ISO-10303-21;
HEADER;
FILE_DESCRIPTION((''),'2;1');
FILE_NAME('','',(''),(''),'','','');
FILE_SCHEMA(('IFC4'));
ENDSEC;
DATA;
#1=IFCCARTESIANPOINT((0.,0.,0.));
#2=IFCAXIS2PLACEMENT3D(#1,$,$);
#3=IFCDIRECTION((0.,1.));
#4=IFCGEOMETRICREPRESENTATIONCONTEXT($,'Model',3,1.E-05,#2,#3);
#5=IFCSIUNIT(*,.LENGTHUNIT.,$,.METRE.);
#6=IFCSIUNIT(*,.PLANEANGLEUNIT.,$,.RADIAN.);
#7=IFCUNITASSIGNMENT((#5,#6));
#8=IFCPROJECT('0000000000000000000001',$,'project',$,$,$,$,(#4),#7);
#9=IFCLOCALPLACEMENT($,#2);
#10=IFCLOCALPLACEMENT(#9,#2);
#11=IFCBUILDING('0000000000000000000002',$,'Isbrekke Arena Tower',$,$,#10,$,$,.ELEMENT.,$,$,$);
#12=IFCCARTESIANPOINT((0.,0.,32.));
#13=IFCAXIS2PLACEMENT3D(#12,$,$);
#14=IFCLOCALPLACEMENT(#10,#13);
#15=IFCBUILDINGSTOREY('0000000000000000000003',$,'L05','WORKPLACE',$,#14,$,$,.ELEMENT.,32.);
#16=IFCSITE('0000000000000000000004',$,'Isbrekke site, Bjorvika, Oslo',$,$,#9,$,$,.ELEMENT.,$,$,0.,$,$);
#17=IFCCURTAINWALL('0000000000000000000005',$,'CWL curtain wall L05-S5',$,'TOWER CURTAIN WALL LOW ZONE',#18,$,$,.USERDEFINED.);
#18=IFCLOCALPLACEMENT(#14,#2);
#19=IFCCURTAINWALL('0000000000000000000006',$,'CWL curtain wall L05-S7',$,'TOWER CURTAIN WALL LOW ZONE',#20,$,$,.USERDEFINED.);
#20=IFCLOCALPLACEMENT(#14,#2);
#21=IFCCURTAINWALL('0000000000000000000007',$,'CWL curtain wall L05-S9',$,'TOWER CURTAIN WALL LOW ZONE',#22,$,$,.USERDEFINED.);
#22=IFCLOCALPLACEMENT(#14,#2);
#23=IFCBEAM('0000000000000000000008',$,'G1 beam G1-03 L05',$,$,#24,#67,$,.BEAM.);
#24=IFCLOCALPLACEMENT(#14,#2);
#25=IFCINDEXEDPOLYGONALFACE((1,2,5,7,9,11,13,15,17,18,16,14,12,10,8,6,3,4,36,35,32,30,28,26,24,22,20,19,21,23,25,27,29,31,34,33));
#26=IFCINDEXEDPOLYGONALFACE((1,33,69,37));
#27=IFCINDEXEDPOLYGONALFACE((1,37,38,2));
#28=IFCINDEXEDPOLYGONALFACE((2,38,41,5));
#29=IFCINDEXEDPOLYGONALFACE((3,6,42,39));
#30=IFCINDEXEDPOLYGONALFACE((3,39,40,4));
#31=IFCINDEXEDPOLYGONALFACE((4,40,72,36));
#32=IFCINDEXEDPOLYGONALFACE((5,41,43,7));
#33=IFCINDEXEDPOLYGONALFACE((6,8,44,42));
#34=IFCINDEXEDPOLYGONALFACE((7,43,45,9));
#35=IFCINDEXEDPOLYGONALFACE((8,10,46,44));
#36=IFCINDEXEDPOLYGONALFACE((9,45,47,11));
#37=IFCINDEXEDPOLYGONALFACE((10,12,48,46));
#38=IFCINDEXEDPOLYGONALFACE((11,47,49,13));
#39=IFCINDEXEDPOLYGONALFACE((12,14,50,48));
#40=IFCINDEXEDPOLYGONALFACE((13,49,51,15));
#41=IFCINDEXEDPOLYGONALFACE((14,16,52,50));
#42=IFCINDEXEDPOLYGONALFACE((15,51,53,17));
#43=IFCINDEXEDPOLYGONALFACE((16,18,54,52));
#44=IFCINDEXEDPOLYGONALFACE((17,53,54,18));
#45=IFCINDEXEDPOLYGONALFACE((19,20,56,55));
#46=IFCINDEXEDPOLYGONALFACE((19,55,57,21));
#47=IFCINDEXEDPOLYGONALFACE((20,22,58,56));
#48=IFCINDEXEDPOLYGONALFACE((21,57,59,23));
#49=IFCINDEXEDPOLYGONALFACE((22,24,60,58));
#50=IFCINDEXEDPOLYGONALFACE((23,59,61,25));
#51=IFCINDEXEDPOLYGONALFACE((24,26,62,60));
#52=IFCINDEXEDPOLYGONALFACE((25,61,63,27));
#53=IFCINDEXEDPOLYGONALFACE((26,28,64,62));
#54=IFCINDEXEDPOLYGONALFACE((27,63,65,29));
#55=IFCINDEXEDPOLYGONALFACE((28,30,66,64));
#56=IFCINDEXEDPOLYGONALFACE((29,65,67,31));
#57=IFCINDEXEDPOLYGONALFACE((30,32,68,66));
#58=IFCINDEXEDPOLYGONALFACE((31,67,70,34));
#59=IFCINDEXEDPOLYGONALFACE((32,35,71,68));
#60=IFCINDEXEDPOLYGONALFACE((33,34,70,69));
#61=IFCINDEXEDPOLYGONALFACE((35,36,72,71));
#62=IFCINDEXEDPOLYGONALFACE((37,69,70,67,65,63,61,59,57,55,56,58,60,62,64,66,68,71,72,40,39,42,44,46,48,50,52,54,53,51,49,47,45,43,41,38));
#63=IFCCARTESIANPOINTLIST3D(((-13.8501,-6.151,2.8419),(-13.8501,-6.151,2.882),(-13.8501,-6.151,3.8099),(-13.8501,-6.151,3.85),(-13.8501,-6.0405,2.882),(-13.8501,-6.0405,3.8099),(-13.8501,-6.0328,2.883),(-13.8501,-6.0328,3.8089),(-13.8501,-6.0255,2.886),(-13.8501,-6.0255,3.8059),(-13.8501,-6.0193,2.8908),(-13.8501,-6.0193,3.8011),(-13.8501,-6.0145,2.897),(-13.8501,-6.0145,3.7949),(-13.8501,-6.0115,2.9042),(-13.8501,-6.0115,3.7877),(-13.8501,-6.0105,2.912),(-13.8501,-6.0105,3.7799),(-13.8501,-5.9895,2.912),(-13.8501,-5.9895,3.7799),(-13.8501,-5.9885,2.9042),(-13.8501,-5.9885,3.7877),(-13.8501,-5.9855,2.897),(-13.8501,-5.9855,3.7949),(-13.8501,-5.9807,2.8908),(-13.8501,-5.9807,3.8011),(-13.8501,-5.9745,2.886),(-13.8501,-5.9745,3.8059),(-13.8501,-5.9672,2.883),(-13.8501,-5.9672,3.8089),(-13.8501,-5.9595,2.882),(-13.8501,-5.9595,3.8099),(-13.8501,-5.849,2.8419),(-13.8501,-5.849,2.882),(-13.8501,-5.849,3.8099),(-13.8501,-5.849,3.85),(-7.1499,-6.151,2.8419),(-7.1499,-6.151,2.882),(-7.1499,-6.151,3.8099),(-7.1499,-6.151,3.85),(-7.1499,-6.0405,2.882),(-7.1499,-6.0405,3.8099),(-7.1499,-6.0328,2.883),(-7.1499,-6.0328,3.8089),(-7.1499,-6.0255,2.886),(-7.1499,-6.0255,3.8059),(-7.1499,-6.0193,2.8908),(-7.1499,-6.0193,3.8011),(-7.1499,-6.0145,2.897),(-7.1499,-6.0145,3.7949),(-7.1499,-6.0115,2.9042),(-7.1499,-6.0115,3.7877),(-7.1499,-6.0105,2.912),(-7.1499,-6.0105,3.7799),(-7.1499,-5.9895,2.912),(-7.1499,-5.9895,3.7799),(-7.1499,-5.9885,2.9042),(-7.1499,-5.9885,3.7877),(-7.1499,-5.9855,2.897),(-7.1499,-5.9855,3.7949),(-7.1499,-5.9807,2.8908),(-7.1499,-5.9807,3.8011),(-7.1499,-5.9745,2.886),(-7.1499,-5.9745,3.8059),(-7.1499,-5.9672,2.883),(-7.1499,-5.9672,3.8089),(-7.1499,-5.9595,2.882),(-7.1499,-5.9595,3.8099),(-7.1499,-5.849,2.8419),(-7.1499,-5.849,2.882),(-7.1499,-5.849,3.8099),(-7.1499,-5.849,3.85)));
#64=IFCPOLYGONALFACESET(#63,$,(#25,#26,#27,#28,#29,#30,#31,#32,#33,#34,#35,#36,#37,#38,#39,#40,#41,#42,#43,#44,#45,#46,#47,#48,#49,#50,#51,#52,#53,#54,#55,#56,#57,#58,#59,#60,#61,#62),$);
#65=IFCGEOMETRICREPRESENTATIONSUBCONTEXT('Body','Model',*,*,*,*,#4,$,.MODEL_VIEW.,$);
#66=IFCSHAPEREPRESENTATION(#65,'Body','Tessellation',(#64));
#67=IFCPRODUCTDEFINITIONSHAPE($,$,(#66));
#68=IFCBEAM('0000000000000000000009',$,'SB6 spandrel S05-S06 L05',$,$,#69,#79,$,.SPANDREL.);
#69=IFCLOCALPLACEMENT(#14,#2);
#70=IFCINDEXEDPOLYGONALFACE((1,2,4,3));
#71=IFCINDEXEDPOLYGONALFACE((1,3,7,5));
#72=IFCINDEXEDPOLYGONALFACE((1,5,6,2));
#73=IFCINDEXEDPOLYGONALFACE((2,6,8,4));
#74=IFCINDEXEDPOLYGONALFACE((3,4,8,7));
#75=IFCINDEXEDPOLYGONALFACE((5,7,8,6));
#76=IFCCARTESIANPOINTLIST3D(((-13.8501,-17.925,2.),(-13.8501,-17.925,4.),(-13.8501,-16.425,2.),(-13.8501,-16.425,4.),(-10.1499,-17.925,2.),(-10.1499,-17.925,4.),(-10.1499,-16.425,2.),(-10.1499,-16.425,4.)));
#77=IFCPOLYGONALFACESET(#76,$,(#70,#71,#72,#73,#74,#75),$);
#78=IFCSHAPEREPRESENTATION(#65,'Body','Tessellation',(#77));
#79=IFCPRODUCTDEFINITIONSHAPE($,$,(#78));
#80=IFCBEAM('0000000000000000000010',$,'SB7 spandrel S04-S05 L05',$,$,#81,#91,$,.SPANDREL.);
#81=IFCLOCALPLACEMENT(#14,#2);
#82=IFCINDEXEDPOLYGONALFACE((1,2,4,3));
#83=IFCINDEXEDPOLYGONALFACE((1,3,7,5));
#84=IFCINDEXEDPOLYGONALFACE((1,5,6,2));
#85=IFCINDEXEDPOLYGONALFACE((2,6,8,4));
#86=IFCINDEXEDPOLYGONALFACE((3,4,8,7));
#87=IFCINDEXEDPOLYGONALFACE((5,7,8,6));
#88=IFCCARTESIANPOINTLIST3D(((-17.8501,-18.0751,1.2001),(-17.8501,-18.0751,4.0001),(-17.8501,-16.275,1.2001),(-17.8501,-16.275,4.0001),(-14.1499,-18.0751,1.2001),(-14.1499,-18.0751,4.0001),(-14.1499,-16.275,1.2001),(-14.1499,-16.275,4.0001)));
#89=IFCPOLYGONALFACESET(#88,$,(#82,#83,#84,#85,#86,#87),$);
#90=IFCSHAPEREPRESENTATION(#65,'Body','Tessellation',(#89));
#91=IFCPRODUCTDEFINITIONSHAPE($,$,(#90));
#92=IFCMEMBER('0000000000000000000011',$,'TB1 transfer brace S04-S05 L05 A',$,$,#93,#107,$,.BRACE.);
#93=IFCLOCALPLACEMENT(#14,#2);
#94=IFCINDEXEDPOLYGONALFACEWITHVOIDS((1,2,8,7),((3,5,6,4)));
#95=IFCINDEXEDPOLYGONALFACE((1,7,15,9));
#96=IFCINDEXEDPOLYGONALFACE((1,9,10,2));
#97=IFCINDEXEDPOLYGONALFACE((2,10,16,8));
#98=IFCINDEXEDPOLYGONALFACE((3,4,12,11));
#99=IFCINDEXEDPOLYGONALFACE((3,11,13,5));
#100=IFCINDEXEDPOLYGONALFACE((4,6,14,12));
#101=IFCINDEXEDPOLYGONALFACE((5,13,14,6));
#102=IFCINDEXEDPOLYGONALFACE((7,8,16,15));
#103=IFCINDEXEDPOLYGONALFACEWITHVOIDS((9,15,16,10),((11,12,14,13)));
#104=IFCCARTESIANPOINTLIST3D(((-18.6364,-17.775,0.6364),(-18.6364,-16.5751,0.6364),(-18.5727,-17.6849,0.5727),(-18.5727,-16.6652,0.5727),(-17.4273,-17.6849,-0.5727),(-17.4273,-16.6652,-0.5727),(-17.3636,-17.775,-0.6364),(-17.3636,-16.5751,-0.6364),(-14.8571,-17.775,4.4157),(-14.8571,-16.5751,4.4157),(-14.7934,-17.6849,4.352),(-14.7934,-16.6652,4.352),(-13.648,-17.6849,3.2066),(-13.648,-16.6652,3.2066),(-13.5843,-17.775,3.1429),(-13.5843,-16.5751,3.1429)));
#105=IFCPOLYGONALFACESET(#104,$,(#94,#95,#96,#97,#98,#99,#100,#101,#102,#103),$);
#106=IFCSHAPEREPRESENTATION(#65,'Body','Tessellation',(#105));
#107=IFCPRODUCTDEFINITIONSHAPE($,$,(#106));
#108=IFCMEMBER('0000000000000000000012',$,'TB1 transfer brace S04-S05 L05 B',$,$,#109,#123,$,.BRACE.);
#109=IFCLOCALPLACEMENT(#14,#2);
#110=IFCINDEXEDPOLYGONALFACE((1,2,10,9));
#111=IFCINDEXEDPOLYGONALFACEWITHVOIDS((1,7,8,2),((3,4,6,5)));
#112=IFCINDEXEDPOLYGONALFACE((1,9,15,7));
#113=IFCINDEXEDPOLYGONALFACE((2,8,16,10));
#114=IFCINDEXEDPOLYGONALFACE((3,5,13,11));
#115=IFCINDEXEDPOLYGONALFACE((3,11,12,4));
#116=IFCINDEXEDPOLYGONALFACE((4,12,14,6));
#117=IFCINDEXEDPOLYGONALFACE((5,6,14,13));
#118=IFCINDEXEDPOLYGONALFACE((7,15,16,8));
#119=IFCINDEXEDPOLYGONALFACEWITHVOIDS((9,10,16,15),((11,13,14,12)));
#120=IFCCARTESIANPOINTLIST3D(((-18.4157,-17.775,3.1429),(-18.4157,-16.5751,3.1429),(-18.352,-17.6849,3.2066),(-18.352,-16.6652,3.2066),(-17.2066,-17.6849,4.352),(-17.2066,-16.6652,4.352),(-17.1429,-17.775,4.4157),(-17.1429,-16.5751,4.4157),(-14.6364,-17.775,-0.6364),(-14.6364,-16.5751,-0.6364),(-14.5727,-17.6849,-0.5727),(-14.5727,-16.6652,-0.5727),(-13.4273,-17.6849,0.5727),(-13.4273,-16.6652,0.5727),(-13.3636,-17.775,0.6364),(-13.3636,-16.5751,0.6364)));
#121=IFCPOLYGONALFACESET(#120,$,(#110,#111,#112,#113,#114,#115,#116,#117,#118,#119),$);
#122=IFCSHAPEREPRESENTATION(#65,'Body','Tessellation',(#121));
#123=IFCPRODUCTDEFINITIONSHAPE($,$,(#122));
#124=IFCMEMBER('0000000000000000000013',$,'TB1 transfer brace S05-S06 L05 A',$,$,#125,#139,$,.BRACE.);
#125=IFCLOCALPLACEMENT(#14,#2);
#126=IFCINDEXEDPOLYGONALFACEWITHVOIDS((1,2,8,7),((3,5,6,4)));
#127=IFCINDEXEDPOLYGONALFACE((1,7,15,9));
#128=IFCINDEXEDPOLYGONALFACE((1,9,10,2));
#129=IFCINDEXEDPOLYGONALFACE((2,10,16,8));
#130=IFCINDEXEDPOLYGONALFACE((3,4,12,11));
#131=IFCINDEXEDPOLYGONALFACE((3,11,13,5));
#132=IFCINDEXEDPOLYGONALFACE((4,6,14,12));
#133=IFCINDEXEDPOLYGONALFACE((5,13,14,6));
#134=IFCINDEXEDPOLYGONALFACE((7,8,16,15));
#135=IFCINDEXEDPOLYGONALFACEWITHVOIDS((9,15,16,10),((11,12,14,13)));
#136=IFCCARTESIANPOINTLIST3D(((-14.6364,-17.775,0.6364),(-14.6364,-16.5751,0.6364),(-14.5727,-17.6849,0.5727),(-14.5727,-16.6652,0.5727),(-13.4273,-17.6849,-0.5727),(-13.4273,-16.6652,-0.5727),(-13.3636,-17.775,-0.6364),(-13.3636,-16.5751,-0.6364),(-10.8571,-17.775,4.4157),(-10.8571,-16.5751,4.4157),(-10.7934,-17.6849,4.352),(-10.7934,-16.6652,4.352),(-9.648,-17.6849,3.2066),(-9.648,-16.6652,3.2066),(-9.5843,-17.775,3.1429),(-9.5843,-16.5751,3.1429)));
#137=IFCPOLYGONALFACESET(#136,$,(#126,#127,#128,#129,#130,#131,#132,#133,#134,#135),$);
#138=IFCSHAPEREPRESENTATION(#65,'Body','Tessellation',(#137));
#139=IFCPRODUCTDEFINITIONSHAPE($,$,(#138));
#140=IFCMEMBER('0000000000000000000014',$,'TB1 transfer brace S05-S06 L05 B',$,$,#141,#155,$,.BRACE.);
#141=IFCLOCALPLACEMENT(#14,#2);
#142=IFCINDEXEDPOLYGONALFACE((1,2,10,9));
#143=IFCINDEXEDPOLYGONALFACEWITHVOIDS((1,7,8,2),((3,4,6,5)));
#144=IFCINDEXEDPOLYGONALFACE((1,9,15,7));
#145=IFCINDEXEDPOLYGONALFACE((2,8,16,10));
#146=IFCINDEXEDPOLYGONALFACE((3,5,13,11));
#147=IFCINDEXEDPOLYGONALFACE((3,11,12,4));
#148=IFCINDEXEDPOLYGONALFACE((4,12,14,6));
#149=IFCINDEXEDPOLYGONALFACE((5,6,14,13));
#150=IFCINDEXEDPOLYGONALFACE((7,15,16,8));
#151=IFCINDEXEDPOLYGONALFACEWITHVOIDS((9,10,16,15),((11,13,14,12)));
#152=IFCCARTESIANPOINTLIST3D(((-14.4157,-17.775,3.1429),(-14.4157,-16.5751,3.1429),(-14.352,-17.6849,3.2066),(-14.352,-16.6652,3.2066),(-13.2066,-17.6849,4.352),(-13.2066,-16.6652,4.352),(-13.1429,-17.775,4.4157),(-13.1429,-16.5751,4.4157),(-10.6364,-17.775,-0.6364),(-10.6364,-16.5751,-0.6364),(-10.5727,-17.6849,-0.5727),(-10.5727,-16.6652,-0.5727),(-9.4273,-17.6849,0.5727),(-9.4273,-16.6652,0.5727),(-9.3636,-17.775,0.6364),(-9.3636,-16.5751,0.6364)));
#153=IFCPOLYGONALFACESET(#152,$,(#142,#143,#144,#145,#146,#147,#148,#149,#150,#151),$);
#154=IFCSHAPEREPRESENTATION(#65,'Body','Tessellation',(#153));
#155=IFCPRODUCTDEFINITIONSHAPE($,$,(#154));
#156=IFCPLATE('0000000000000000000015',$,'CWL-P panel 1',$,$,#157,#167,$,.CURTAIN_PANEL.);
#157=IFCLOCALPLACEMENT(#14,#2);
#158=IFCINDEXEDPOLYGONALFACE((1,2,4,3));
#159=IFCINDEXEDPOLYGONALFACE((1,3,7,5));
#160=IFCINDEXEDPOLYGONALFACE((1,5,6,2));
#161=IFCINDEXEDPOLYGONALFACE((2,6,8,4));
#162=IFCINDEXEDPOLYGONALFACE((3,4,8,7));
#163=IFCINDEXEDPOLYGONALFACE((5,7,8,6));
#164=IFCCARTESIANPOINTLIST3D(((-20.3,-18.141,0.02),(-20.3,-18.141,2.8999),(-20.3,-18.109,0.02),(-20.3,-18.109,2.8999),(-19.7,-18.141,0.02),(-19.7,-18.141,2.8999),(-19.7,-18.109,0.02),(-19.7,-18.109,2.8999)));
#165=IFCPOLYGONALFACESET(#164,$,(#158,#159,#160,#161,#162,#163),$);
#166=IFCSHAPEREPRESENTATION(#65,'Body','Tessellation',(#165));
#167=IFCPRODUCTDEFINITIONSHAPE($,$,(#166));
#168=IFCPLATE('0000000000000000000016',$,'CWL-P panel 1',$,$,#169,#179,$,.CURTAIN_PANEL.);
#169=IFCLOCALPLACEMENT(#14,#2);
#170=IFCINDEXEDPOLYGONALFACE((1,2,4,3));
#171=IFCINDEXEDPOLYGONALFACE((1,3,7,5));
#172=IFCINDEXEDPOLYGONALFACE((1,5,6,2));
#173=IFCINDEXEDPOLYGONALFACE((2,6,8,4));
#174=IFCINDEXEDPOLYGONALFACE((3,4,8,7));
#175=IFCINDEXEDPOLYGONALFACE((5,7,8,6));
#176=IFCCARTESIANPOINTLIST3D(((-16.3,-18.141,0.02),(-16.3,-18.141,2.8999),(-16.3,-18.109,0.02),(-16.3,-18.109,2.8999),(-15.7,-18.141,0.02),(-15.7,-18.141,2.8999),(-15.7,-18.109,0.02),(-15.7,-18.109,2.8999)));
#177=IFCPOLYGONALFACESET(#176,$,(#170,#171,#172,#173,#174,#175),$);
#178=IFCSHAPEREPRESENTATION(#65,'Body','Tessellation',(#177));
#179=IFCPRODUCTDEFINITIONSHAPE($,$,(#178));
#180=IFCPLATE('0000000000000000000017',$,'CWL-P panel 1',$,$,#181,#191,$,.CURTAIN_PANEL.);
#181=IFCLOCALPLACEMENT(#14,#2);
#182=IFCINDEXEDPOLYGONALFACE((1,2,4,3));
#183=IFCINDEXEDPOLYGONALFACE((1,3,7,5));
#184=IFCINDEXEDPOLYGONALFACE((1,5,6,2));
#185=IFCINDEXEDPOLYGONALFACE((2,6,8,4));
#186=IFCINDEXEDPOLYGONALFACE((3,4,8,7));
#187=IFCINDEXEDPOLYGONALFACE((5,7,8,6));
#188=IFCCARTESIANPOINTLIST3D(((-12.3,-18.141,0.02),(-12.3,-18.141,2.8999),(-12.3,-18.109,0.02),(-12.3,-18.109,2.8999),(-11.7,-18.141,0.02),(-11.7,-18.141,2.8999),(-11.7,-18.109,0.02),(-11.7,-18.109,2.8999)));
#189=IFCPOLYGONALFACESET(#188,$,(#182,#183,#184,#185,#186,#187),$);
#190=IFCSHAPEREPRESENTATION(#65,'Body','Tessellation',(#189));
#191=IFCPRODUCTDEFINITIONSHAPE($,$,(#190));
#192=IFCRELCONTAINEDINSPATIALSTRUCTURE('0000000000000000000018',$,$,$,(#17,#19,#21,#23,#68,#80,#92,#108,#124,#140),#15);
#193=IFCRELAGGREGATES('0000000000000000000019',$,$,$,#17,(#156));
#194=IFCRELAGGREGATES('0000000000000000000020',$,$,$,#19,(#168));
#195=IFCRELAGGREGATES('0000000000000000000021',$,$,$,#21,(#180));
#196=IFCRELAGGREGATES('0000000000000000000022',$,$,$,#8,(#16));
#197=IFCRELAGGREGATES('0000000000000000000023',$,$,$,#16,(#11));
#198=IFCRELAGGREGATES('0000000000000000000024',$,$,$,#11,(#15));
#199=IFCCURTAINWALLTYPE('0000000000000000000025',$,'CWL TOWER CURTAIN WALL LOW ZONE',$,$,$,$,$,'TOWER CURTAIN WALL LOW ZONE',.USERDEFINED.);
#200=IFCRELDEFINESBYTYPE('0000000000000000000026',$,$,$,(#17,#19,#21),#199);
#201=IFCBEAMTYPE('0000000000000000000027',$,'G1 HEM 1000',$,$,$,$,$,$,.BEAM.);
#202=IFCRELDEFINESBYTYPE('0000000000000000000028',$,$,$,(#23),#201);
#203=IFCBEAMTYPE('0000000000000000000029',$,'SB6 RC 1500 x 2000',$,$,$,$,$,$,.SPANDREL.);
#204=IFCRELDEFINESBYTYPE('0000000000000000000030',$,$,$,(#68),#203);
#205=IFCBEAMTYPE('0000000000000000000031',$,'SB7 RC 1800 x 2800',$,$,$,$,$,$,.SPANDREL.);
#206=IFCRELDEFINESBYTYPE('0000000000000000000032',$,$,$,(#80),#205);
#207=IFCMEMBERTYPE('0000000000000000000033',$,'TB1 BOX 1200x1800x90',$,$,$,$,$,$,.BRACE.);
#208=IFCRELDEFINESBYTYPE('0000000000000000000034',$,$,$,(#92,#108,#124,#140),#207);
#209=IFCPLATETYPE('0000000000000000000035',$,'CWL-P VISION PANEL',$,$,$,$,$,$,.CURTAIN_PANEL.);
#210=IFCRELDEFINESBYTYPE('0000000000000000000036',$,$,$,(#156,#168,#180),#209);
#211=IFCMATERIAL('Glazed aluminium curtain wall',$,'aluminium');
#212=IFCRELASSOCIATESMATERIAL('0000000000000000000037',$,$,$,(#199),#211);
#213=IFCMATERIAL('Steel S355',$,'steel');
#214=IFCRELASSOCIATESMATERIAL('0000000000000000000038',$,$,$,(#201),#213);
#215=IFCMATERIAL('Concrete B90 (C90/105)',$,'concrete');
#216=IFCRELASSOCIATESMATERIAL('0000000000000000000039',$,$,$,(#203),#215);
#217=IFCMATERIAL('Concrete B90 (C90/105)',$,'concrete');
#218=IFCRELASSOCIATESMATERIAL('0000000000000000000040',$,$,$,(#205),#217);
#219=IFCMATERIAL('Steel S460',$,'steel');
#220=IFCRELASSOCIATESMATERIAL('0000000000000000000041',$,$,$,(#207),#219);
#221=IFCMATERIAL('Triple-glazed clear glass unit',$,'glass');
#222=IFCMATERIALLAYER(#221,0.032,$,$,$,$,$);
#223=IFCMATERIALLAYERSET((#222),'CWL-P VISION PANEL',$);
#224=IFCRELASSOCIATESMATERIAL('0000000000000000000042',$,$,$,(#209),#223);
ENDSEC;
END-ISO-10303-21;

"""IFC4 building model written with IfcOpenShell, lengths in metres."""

from ifc_helpers import new_model, si_unit, direction, frame, origin, origin_2d, place, context, subcontext, project, spatial, rectangle, hollow_rectangle, i_section, extrude, material, layer, layer_set, material_profile, profile_set, type_object, element, aggregate, save


model = new_model("IFC4")

# Units and contexts
model_context = context("Model", 3, precision=1e-05, world=origin(), true_north=direction((0.0, 1.0)))
body_context = subcontext(model_context, "Body", "Model", "MODEL_VIEW")
ifc_project = project(units=[si_unit("LENGTHUNIT", "METRE"), si_unit("PLANEANGLEUNIT", "RADIAN")], contexts=[model_context])

# Site, building, storey
site_placement = place(None, origin())
site = spatial("IfcSite", under=ifc_project, at=site_placement, Name="Isbrekke site, Bjorvika, Oslo", CompositionType="ELEMENT", RefElevation=0.0)
building_placement = place(site_placement, origin())
building = spatial("IfcBuilding", under=site, at=building_placement, Name="Isbrekke Arena Tower", CompositionType="ELEMENT")
storey_placement = place(building_placement, frame((0.0, 0.0, 32.0)))
storey = spatial("IfcBuildingStorey", under=building, at=storey_placement, Name="L05", Description="WORKPLACE", CompositionType="ELEMENT", Elevation=32.0)

# Curtain wall
ifc_material_1 = material(Name="Glazed aluminium curtain wall", Category="aluminium")
curtain_wall_type = type_object("IfcCurtainWallType", Name="CWL TOWER CURTAIN WALL LOW ZONE", ElementType="TOWER CURTAIN WALL LOW ZONE", PredefinedType="USERDEFINED", material=ifc_material_1)
curtain_wall_1_placement = place(storey_placement, origin())
curtain_wall_1 = element("IfcCurtainWall", 1, at=curtain_wall_1_placement, inside=storey, type_object=curtain_wall_type, Name="CWL curtain wall L05-S5", ObjectType="TOWER CURTAIN WALL LOW ZONE", PredefinedType="USERDEFINED")

# Curtain walls
curtain_wall_2_placement = place(storey_placement, origin())
curtain_wall_2 = element("IfcCurtainWall", 2, at=curtain_wall_2_placement, inside=storey, type_object=curtain_wall_type, Name="CWL curtain wall L05-S7", ObjectType="TOWER CURTAIN WALL LOW ZONE", PredefinedType="USERDEFINED")
curtain_wall_3_placement = place(storey_placement, origin())
curtain_wall_3 = element("IfcCurtainWall", 3, at=curtain_wall_3_placement, inside=storey, type_object=curtain_wall_type, Name="CWL curtain wall L05-S9", ObjectType="TOWER CURTAIN WALL LOW ZONE", PredefinedType="USERDEFINED")

# Beams
ifc_material_2 = material(Name="Steel S355", Category="steel")
ifc_material_profile_1 = material_profile(ifc_material_2, i_section(OverallWidth=0.302, OverallDepth=1.0081, WebThickness=0.021, FlangeThickness=0.04, FilletRadius=0.03, at=origin_2d()), Name="HEM 1000")
ifc_profile_set_1 = profile_set([ifc_material_profile_1], Name="Steel S355")
beam_type_1 = type_object("IfcBeamType", Name="G1 HEM 1000", PredefinedType="BEAM", material=ifc_profile_set_1)
beam_1_placement = place(storey_placement, frame((-13.8501, -6.0, 3.3459), z_axis=(1.0, 0.0, 0.0), x_axis=(0.0, 1.0, 0.0)))
element("IfcBeam", 4, at=beam_1_placement, inside=storey, type_object=beam_type_1, Name="G1 beam G1-03 L05", PredefinedType="BEAM", context=body_context, shape_type="SweptSolid", body=[
    extrude(i_section(OverallWidth=0.302, OverallDepth=1.0081, WebThickness=0.021, FlangeThickness=0.04, FilletRadius=0.03, at=origin_2d()), origin(), (0.0, 0.0, 1.0), 6.7002),
])
ifc_material_3 = material(Name="Concrete B90 (C90/105)", Category="concrete")
ifc_material_profile_2 = material_profile(ifc_material_3, rectangle(XDim=1.5, YDim=2.0, at=origin_2d()), Name="RC 1500x2000")
ifc_profile_set_2 = profile_set([ifc_material_profile_2], Name="Concrete B90 (C90/105)")
beam_type_2 = type_object("IfcBeamType", Name="SB6 RC 1500 x 2000", PredefinedType="SPANDREL", material=ifc_profile_set_2)
beam_2_placement = place(storey_placement, frame((-13.8501, -17.175, 3.0), z_axis=(1.0, 0.0, 0.0), x_axis=(0.0, 1.0, 0.0)))
element("IfcBeam", 5, at=beam_2_placement, inside=storey, type_object=beam_type_2, Name="SB6 spandrel S05-S06 L05", PredefinedType="SPANDREL", context=body_context, shape_type="SweptSolid", body=[
    extrude(rectangle(XDim=1.5, YDim=2.0, at=origin_2d()), origin(), (0.0, 0.0, 1.0), 3.7002),
])
ifc_material_4 = material(Name="Concrete B90 (C90/105)", Category="concrete")
ifc_material_profile_3 = material_profile(ifc_material_4, rectangle(XDim=1.8, YDim=2.8, at=origin_2d()), Name="RC 1800x2800")
ifc_profile_set_3 = profile_set([ifc_material_profile_3], Name="Concrete B90 (C90/105)")
beam_type_3 = type_object("IfcBeamType", Name="SB7 RC 1800 x 2800", PredefinedType="SPANDREL", material=ifc_profile_set_3)
beam_3_placement = place(storey_placement, frame((-17.8501, -17.175, 2.6001), z_axis=(1.0, 0.0, 0.0), x_axis=(0.0, 1.0, 0.0)))
element("IfcBeam", 6, at=beam_3_placement, inside=storey, type_object=beam_type_3, Name="SB7 spandrel S04-S05 L05", PredefinedType="SPANDREL", context=body_context, shape_type="SweptSolid", body=[
    extrude(rectangle(XDim=1.8, YDim=2.8, at=origin_2d()), origin(), (0.0, 0.0, 1.0), 3.7002),
])

# Members
ifc_material_5 = material(Name="Steel S460", Category="steel")
ifc_material_profile_4 = material_profile(ifc_material_5, hollow_rectangle(XDim=1.2, YDim=1.8, WallThickness=0.0901, at=origin_2d()), Name="BOX 1200x1800x90")
ifc_profile_set_4 = profile_set([ifc_material_profile_4], Name="Steel S460")
member_type_1 = type_object("IfcMemberType", Name="TB1 BOX 1200x1800x90", PredefinedType="BRACE", material=ifc_profile_set_4)
for number, where, z_axis, x_axis, name in (
    (7, (-18.0, -17.175, 0.0), (0.707107, 0.0, 0.707107), (0.0, 1.0, 0.0), "TB1 transfer brace S04-S05 L05 A"),
    (8, (-17.7793, -17.175, 3.7793), (0.707107, 0.0, -0.707107), (0.0, 1.0, 0.0), "TB1 transfer brace S04-S05 L05 B"),
    (9, (-14.0, -17.175, 0.0), (0.707107, 0.0, 0.707107), (0.0, 1.0, 0.0), "TB1 transfer brace S05-S06 L05 A"),
    (10, (-13.7793, -17.175, 3.7793), (0.707107, 0.0, -0.707107), (0.0, 1.0, 0.0), "TB1 transfer brace S05-S06 L05 B"),
):
    element("IfcMember", number, at=place(storey_placement, frame(where, z_axis=z_axis, x_axis=x_axis)), inside=storey, type_object=member_type_1, Name=name, PredefinedType="BRACE", context=body_context, shape_type="SweptSolid", body=[
        extrude(hollow_rectangle(XDim=1.2, YDim=1.8, WallThickness=0.0901, at=origin_2d()), origin(), (0.0, 0.0, 1.0), 5.3447),
    ])

# Plates
ifc_material_6 = material(Name="Triple-glazed clear glass unit", Category="glass")
ifc_layer_1 = layer(ifc_material_6, 0.032)
ifc_layer_set_1 = layer_set([ifc_layer_1], Name="CWL-P VISION PANEL")
plate_type = type_object("IfcPlateType", Name="CWL-P VISION PANEL", PredefinedType="CURTAIN_PANEL", material=ifc_layer_set_1)
plate_1_placement = place(storey_placement, frame((-20.0, -18.125, 0.02), z_axis=(0.0, 0.0, 1.0), x_axis=(1.0, 0.0, 0.0)))
plate_1 = element("IfcPlate", 11, at=plate_1_placement, type_object=plate_type, Name="CWL-P panel 1", PredefinedType="CURTAIN_PANEL", context=body_context, shape_type="SweptSolid", body=[
    extrude(rectangle(XDim=0.6001, YDim=0.032, at=origin_2d()), origin(), (0.0, 0.0, 1.0), 2.8799),
])
aggregate(curtain_wall_1, [plate_1])
plate_2_placement = place(storey_placement, frame((-16.0, -18.125, 0.02), z_axis=(0.0, 0.0, 1.0), x_axis=(1.0, 0.0, 0.0)))
plate_2 = element("IfcPlate", 12, at=plate_2_placement, type_object=plate_type, Name="CWL-P panel 1", PredefinedType="CURTAIN_PANEL", context=body_context, shape_type="SweptSolid", body=[
    extrude(rectangle(XDim=0.6001, YDim=0.032, at=origin_2d()), origin(), (0.0, 0.0, 1.0), 2.8799),
])
aggregate(curtain_wall_2, [plate_2])
plate_3_placement = place(storey_placement, frame((-12.0, -18.125, 0.02), z_axis=(0.0, 0.0, 1.0), x_axis=(1.0, 0.0, 0.0)))
plate_3 = element("IfcPlate", 13, at=plate_3_placement, type_object=plate_type, Name="CWL-P panel 1", PredefinedType="CURTAIN_PANEL", context=body_context, shape_type="SweptSolid", body=[
    extrude(rectangle(XDim=0.6001, YDim=0.032, at=origin_2d()), origin(), (0.0, 0.0, 1.0), 2.8799),
])
aggregate(curtain_wall_3, [plate_3])

save(model, "model.ifc")
